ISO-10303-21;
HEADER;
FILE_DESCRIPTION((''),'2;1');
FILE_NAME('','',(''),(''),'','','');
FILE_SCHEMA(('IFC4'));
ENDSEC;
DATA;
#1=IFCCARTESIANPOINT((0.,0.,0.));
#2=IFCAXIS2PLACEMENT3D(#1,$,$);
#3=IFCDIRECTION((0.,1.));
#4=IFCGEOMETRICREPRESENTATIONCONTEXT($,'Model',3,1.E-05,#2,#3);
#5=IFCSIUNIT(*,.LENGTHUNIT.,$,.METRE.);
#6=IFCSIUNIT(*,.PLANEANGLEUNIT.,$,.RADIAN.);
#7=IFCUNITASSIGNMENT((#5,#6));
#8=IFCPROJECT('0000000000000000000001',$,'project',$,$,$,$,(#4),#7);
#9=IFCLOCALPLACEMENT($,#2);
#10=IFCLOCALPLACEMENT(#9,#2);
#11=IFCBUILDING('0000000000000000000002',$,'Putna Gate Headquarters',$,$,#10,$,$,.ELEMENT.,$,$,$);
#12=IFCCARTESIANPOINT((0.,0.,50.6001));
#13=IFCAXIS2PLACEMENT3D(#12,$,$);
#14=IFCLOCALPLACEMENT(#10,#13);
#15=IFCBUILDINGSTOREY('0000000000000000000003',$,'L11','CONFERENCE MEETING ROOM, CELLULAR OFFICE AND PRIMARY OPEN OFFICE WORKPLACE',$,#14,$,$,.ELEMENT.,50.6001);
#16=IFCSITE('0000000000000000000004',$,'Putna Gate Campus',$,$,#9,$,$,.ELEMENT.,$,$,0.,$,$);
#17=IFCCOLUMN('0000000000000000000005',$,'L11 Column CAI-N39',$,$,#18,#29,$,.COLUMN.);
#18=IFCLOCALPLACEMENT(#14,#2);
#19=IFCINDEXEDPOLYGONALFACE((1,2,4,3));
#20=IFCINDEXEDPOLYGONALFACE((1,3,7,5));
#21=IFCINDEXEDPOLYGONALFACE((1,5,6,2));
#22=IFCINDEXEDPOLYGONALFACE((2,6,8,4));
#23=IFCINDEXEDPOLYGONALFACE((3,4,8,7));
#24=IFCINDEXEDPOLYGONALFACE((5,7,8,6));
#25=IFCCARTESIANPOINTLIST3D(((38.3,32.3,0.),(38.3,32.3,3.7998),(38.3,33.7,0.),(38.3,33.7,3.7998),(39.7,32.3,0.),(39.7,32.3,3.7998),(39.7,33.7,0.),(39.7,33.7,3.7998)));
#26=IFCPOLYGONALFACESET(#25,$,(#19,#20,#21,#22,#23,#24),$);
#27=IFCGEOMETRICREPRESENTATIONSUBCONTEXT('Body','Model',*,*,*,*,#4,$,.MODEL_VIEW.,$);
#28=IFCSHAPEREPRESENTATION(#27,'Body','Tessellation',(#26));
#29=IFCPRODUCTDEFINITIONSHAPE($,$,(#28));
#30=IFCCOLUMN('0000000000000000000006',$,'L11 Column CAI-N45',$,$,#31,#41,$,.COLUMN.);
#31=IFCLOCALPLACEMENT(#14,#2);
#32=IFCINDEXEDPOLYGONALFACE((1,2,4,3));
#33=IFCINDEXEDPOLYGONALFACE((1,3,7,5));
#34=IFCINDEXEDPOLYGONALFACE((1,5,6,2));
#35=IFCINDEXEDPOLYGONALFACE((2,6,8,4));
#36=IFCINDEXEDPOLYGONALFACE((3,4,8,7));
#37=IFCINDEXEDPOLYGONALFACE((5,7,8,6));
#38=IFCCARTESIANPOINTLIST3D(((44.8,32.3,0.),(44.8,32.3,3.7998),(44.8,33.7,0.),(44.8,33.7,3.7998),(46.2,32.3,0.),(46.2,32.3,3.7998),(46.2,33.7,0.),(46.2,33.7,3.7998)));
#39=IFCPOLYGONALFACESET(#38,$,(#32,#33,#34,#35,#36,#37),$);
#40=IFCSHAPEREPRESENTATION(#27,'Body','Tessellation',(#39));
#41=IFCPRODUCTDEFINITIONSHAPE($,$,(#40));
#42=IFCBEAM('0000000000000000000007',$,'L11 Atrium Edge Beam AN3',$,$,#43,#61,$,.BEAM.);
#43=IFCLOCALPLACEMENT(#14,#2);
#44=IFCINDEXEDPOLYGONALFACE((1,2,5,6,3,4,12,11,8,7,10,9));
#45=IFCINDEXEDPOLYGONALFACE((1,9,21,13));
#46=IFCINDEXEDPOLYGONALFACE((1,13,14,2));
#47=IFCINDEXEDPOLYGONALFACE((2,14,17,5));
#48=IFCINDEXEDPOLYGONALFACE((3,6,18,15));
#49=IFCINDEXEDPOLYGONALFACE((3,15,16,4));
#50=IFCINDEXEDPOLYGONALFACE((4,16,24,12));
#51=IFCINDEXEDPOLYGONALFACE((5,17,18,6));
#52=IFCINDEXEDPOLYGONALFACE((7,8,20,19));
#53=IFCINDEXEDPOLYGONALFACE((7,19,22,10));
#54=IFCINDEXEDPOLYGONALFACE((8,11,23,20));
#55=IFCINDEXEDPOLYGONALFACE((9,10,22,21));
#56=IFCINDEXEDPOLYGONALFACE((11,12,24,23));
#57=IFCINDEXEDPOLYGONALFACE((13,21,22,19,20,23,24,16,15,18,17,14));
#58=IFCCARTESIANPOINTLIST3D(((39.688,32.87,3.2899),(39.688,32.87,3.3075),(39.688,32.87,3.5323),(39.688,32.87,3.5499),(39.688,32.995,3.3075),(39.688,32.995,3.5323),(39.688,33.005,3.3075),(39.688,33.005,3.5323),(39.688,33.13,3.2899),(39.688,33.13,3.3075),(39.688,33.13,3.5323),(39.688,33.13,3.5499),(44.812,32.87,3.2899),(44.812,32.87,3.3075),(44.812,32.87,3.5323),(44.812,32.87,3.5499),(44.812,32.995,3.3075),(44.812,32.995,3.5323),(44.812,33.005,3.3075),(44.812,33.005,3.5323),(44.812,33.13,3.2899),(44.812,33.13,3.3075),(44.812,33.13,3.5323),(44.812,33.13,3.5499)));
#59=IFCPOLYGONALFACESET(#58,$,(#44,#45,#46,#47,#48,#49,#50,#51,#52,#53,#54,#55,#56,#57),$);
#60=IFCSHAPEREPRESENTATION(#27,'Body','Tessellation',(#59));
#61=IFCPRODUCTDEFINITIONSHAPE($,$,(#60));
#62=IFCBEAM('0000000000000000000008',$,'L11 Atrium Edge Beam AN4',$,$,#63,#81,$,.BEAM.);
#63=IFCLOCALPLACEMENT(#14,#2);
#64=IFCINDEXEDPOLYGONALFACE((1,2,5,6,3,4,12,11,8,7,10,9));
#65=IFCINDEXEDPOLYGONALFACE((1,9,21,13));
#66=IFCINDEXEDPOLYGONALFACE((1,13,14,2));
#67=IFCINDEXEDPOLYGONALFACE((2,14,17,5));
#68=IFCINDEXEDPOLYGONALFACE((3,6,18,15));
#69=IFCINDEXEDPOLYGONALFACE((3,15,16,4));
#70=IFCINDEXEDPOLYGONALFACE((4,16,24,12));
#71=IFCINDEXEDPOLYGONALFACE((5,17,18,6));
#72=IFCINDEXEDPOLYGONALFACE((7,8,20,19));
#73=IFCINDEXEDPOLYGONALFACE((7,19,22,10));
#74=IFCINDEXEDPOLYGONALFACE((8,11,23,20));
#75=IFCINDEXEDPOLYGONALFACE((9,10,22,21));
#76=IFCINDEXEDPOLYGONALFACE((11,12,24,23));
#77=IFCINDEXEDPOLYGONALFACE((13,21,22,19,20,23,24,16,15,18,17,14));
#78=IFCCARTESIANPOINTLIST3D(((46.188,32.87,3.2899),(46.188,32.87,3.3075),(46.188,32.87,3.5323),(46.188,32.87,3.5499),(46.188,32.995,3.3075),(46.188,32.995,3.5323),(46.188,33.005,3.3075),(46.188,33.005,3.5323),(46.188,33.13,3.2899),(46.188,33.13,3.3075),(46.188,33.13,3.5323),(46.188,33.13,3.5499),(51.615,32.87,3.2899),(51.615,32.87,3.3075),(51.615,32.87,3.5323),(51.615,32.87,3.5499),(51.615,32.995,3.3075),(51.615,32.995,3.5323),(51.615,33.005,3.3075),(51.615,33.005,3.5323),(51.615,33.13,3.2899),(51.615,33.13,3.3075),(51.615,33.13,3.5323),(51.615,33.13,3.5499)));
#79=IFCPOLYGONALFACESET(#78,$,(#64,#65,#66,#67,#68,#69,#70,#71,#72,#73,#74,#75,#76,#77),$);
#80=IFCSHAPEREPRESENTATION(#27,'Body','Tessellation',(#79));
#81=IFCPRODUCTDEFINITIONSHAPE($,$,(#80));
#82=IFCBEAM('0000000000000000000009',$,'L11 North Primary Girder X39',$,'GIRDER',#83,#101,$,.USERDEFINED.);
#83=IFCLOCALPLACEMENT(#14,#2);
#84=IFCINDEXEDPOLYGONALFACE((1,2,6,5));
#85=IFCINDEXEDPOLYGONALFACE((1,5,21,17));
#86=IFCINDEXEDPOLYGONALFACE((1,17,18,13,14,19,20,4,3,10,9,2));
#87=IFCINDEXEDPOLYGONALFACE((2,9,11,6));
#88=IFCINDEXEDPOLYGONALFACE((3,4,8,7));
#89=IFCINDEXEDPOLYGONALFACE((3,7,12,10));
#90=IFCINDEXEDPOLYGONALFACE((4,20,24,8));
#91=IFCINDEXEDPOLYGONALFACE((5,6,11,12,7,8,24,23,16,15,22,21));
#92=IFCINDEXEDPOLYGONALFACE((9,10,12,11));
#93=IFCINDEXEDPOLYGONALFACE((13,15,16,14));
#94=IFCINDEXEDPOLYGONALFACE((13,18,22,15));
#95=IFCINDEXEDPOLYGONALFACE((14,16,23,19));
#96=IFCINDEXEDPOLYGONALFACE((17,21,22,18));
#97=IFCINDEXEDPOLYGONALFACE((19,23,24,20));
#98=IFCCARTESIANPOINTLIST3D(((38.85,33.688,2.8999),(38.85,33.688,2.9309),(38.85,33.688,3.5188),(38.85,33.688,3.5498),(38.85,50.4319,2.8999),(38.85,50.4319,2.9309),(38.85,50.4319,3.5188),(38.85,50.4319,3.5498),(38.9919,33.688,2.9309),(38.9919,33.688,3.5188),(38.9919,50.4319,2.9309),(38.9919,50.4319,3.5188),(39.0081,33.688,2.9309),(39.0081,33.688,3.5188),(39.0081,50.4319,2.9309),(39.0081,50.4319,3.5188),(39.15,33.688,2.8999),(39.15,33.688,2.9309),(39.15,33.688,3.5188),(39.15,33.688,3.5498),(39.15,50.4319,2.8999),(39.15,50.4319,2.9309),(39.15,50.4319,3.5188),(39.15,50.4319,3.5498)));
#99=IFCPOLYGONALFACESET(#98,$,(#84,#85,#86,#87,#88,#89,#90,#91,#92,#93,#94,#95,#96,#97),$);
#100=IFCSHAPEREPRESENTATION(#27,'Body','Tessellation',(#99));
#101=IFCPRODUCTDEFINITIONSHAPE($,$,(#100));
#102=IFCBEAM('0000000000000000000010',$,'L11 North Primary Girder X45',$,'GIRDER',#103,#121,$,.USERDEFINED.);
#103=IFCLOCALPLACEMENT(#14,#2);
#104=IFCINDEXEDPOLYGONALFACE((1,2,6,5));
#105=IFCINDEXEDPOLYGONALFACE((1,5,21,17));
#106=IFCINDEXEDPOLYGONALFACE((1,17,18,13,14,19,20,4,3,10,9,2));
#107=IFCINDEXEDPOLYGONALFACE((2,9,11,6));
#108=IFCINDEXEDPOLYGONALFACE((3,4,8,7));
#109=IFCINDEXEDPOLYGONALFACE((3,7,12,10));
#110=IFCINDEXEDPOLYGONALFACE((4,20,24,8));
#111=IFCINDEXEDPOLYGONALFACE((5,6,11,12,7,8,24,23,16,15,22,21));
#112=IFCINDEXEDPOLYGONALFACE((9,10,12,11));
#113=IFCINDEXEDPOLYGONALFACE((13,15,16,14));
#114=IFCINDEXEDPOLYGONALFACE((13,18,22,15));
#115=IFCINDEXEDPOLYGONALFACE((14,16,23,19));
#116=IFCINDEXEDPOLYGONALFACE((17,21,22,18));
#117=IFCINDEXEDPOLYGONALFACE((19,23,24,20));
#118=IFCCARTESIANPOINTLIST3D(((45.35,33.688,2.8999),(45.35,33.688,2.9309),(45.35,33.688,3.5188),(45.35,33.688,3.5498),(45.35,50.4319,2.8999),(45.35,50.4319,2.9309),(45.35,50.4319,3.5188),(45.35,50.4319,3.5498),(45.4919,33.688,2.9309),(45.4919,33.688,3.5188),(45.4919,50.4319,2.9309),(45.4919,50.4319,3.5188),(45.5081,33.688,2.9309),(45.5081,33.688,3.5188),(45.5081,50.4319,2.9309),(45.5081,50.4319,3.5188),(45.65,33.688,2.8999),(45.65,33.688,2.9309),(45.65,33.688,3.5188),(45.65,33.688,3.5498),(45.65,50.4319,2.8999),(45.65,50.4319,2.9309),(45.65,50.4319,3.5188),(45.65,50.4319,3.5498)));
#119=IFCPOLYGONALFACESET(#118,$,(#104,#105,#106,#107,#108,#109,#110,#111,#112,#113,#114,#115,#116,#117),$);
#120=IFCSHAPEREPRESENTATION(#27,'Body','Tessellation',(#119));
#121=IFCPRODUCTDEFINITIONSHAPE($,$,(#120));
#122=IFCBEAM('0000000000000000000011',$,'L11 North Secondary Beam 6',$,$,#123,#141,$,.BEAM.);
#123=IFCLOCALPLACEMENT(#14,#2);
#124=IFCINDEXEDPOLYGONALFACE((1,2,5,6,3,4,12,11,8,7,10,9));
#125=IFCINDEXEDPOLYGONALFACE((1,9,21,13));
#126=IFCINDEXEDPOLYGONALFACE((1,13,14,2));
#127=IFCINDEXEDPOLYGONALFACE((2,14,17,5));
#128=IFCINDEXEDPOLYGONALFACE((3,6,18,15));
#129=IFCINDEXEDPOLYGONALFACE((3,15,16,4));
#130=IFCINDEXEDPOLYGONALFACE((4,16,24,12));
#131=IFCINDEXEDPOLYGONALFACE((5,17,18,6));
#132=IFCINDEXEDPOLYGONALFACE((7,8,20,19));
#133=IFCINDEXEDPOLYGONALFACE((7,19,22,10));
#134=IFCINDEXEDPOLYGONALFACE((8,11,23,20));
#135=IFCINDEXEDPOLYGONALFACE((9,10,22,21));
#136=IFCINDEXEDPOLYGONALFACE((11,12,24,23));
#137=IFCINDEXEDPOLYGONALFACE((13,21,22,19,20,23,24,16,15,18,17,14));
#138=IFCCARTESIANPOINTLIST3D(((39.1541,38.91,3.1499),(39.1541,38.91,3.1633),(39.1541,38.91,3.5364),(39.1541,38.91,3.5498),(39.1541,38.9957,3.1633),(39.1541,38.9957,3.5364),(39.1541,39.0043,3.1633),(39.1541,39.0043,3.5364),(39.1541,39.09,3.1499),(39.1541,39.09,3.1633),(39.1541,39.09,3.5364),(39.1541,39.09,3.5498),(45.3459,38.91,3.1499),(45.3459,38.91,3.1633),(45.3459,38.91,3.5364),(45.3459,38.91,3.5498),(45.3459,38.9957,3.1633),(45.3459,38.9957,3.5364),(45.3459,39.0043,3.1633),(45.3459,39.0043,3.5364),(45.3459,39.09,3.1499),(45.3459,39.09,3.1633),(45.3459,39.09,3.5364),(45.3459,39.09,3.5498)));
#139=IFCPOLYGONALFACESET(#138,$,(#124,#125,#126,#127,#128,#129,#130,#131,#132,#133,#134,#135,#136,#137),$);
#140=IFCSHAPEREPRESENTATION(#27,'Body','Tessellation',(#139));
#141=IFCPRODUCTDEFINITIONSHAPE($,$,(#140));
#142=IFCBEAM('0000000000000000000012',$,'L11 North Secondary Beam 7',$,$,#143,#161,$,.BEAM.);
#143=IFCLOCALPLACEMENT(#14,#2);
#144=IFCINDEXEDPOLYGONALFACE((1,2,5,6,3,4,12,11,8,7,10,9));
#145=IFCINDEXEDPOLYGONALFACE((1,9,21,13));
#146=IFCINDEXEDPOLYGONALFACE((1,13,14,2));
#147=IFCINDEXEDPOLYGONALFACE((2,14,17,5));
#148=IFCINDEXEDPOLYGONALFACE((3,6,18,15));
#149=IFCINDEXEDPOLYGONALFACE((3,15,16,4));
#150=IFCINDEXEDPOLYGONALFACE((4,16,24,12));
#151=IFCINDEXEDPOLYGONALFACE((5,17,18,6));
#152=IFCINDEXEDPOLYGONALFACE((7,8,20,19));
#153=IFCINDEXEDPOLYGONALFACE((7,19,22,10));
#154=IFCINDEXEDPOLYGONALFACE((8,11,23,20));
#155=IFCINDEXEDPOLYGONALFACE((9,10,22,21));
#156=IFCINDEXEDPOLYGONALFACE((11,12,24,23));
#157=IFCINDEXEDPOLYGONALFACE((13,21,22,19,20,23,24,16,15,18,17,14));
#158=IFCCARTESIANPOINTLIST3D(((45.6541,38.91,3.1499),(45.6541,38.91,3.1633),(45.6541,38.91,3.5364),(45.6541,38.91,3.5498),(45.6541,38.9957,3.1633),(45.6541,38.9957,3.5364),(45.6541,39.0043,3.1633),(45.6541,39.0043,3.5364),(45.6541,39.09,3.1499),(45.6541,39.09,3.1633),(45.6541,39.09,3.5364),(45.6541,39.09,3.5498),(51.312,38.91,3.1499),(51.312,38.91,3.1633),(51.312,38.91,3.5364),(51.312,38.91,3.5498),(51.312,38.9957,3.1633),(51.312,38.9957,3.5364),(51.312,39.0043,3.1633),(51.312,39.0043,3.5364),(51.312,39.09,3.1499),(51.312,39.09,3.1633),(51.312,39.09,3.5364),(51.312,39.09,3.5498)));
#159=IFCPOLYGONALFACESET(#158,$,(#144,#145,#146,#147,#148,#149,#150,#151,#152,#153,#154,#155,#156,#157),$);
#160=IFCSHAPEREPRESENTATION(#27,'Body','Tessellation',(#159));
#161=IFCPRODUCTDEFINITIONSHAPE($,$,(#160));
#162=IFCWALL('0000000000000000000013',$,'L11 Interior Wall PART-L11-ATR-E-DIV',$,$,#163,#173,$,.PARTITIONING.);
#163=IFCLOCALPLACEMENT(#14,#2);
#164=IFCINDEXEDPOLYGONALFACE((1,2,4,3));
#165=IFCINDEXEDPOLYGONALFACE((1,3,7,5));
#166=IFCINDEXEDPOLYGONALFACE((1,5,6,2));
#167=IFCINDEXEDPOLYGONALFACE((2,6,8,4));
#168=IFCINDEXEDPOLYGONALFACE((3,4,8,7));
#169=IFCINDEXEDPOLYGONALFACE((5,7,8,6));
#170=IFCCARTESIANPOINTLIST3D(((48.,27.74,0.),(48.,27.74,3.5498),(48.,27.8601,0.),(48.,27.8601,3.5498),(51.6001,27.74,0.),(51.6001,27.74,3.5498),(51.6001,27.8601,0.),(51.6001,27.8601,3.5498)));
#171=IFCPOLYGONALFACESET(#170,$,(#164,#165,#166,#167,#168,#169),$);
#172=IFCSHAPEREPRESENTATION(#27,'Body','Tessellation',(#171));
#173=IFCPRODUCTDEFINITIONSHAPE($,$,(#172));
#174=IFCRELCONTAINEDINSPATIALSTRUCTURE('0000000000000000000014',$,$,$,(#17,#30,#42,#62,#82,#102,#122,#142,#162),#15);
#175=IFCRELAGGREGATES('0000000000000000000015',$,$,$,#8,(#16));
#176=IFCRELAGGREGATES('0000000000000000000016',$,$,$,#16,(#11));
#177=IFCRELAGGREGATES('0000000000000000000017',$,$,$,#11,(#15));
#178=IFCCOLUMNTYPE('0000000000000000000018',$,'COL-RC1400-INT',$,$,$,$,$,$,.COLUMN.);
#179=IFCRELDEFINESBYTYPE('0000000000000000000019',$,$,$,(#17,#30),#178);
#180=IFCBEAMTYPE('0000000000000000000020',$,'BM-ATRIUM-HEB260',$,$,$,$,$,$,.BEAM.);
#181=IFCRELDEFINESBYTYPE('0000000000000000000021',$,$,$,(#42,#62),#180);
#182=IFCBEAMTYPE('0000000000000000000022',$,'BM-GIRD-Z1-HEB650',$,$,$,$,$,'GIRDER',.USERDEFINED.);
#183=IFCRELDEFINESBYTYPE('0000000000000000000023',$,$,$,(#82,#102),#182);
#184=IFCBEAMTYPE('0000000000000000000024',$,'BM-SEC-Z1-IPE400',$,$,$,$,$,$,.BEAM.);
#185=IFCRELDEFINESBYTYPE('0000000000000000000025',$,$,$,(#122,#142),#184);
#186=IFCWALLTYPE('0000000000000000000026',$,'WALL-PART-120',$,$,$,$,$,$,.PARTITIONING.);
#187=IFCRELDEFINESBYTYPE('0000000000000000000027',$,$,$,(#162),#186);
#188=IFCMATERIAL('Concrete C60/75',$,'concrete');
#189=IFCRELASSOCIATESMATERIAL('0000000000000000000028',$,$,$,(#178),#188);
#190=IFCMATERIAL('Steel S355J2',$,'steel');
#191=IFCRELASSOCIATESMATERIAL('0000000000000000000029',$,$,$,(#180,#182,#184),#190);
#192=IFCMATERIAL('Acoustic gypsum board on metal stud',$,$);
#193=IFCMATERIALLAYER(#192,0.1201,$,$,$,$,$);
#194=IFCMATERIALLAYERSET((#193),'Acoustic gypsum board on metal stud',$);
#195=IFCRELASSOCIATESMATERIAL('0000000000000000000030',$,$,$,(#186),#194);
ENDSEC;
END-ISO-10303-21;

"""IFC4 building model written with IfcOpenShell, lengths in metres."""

from ifc_helpers import new_model, si_unit, direction, frame, frame_2d, origin, origin_2d, place, context, subcontext, project, spatial, rectangle, i_section, extrude, material, layer, layer_set, material_profile, profile_set, type_object, element, save


model = new_model("IFC4")

# Units and contexts
model_context = context("Model", 3, precision=1e-05, world=origin(), true_north=direction((0.0, 1.0)))
body_context = subcontext(model_context, "Body", "Model", "MODEL_VIEW")
ifc_project = project(units=[si_unit("LENGTHUNIT", "METRE"), si_unit("PLANEANGLEUNIT", "RADIAN")], contexts=[model_context])

# Site, building, storey
site_placement = place(None, origin())
site = spatial("IfcSite", under=ifc_project, at=site_placement, Name="Putna Gate Campus", CompositionType="ELEMENT", RefElevation=0.0)
building_placement = place(site_placement, origin())
building = spatial("IfcBuilding", under=site, at=building_placement, Name="Putna Gate Headquarters", CompositionType="ELEMENT")
storey_placement = place(building_placement, frame((0.0, 0.0, 50.6001)))
storey = spatial("IfcBuildingStorey", under=building, at=storey_placement, Name="L11", Description="CONFERENCE MEETING ROOM, CELLULAR OFFICE AND PRIMARY OPEN OFFICE WORKPLACE", CompositionType="ELEMENT", Elevation=50.6001)

# Columns
ifc_material_1 = material(Name="Concrete C60/75", Category="concrete")
ifc_material_profile_1 = material_profile(ifc_material_1, rectangle(XDim=1.3999, YDim=1.3999, at=origin_2d()), Name="Concrete C60/75")
ifc_profile_set_1 = profile_set([ifc_material_profile_1], Name="Concrete C60/75")
column_type = type_object("IfcColumnType", Name="COL-RC1400-INT", PredefinedType="COLUMN", material=ifc_profile_set_1)
for number, where, z_axis, x_axis, name in (
    (1, (39.0, 33.0, 0.0), (0.0, 0.0, 1.0), (1.0, 0.0, 0.0), "L11 Column CAI-N39"),
    (2, (45.5, 33.0, 0.0), (0.0, 0.0, 1.0), (1.0, 0.0, 0.0), "L11 Column CAI-N45"),
):
    element("IfcColumn", number, at=place(storey_placement, frame(where, z_axis=z_axis, x_axis=x_axis)), inside=storey, type_object=column_type, Name=name, PredefinedType="COLUMN", context=body_context, shape_type="SweptSolid", body=[
        extrude(rectangle(XDim=1.3999, YDim=1.3999, at=origin_2d()), origin(), (0.0, 0.0, 1.0), 3.7998),
    ])

# Beams
ifc_material_2 = material(Name="Steel S355J2", Category="steel")
ifc_material_profile_2 = material_profile(ifc_material_2, i_section(OverallWidth=0.26, OverallDepth=0.26, WebThickness=0.01, FlangeThickness=0.0176, at=origin_2d()), Name="Steel S355J2")
ifc_profile_set_2 = profile_set([ifc_material_profile_2], Name="Steel S355J2")
beam_type_1 = type_object("IfcBeamType", Name="BM-ATRIUM-HEB260", PredefinedType="BEAM", material=ifc_profile_set_2)
beam_1_placement = place(storey_placement, frame((39.688, 33.0, 3.4199), z_axis=(1.0, 0.0, 0.0), x_axis=(0.0, 1.0, 0.0)))
element("IfcBeam", 3, at=beam_1_placement, inside=storey, type_object=beam_type_1, Name="L11 Atrium Edge Beam AN3", PredefinedType="BEAM", context=body_context, shape_type="SweptSolid", body=[
    extrude(i_section(OverallWidth=0.26, OverallDepth=0.26, WebThickness=0.01, FlangeThickness=0.0176, at=origin_2d()), origin(), (0.0, 0.0, 1.0), 5.124),
])
beam_2_placement = place(storey_placement, frame((46.188, 33.0, 3.4199), z_axis=(1.0, 0.0, 0.0), x_axis=(0.0, 1.0, 0.0)))
element("IfcBeam", 4, at=beam_2_placement, inside=storey, type_object=beam_type_1, Name="L11 Atrium Edge Beam AN4", PredefinedType="BEAM", context=body_context, shape_type="SweptSolid", body=[
    extrude(i_section(OverallWidth=0.26, OverallDepth=0.26, WebThickness=0.01, FlangeThickness=0.0176, at=origin_2d()), origin(), (0.0, 0.0, 1.0), 5.427),
])
ifc_material_profile_3 = material_profile(ifc_material_2, i_section(OverallWidth=0.3, OverallDepth=0.6499, WebThickness=0.0161, FlangeThickness=0.031, at=origin_2d()), Name="Steel S355J2")
ifc_profile_set_3 = profile_set([ifc_material_profile_3], Name="Steel S355J2")
beam_type_2 = type_object("IfcBeamType", Name="BM-GIRD-Z1-HEB650", ElementType="GIRDER", PredefinedType="USERDEFINED", material=ifc_profile_set_3)
for number, where, z_axis, x_axis, name in (
    (5, (39.0, 33.688, 3.2249), (0.0, 1.0, 0.0), (-1.0, 0.0, 0.0), "L11 North Primary Girder X39"),
    (6, (45.5, 33.688, 3.2249), (0.0, 1.0, 0.0), (-1.0, 0.0, 0.0), "L11 North Primary Girder X45"),
):
    element("IfcBeam", number, at=place(storey_placement, frame(where, z_axis=z_axis, x_axis=x_axis)), inside=storey, type_object=beam_type_2, Name=name, ObjectType="GIRDER", PredefinedType="USERDEFINED", context=body_context, shape_type="SweptSolid", body=[
        extrude(i_section(OverallWidth=0.3, OverallDepth=0.6499, WebThickness=0.0161, FlangeThickness=0.031, at=origin_2d()), origin(), (0.0, 0.0, 1.0), 16.7439),
    ])
ifc_material_profile_4 = material_profile(ifc_material_2, i_section(OverallWidth=0.1799, OverallDepth=0.3999, WebThickness=0.0085, FlangeThickness=0.0134, at=origin_2d()), Name="Steel S355J2")
ifc_profile_set_4 = profile_set([ifc_material_profile_4], Name="Steel S355J2")
beam_type_3 = type_object("IfcBeamType", Name="BM-SEC-Z1-IPE400", PredefinedType="BEAM", material=ifc_profile_set_4)
beam_3_placement = place(storey_placement, frame((39.1541, 39.0, 3.3499), z_axis=(1.0, 0.0, 0.0), x_axis=(0.0, 1.0, 0.0)))
element("IfcBeam", 7, at=beam_3_placement, inside=storey, type_object=beam_type_3, Name="L11 North Secondary Beam 6", PredefinedType="BEAM", context=body_context, shape_type="SweptSolid", body=[
    extrude(i_section(OverallWidth=0.1799, OverallDepth=0.3999, WebThickness=0.0085, FlangeThickness=0.0134, at=origin_2d()), origin(), (0.0, 0.0, 1.0), 6.1919),
])
beam_4_placement = place(storey_placement, frame((45.6541, 39.0, 3.3499), z_axis=(1.0, 0.0, 0.0), x_axis=(0.0, 1.0, 0.0)))
element("IfcBeam", 8, at=beam_4_placement, inside=storey, type_object=beam_type_3, Name="L11 North Secondary Beam 7", PredefinedType="BEAM", context=body_context, shape_type="SweptSolid", body=[
    extrude(i_section(OverallWidth=0.1799, OverallDepth=0.3999, WebThickness=0.0085, FlangeThickness=0.0134, at=origin_2d()), origin(), (0.0, 0.0, 1.0), 5.658),
])

# Wall
ifc_material_3 = material(Name="Acoustic gypsum board on metal stud")
ifc_layer_1 = layer(ifc_material_3, 0.1201)
ifc_layer_set_1 = layer_set([ifc_layer_1], Name="Acoustic gypsum board on metal stud")
wall_type_1 = type_object("IfcWallType", Name="WALL-PART-120", PredefinedType="PARTITIONING", material=ifc_layer_set_1)
wall_1_placement = place(storey_placement, frame((48.0, 27.8, 0.0), z_axis=(0.0, 0.0, 1.0), x_axis=(1.0, 0.0, 0.0)))
element("IfcWall", 9, at=wall_1_placement, inside=storey, type_object=wall_type_1, Name="L11 Interior Wall PART-L11-ATR-E-DIV", PredefinedType="PARTITIONING", context=body_context, shape_type="SweptSolid", body=[
    extrude(rectangle(XDim=3.6001, YDim=0.1201, at=frame_2d((1.8, 0.0))), origin(), (0.0, 0.0, 1.0), 3.5498),
])

save(model, "model.ifc")
